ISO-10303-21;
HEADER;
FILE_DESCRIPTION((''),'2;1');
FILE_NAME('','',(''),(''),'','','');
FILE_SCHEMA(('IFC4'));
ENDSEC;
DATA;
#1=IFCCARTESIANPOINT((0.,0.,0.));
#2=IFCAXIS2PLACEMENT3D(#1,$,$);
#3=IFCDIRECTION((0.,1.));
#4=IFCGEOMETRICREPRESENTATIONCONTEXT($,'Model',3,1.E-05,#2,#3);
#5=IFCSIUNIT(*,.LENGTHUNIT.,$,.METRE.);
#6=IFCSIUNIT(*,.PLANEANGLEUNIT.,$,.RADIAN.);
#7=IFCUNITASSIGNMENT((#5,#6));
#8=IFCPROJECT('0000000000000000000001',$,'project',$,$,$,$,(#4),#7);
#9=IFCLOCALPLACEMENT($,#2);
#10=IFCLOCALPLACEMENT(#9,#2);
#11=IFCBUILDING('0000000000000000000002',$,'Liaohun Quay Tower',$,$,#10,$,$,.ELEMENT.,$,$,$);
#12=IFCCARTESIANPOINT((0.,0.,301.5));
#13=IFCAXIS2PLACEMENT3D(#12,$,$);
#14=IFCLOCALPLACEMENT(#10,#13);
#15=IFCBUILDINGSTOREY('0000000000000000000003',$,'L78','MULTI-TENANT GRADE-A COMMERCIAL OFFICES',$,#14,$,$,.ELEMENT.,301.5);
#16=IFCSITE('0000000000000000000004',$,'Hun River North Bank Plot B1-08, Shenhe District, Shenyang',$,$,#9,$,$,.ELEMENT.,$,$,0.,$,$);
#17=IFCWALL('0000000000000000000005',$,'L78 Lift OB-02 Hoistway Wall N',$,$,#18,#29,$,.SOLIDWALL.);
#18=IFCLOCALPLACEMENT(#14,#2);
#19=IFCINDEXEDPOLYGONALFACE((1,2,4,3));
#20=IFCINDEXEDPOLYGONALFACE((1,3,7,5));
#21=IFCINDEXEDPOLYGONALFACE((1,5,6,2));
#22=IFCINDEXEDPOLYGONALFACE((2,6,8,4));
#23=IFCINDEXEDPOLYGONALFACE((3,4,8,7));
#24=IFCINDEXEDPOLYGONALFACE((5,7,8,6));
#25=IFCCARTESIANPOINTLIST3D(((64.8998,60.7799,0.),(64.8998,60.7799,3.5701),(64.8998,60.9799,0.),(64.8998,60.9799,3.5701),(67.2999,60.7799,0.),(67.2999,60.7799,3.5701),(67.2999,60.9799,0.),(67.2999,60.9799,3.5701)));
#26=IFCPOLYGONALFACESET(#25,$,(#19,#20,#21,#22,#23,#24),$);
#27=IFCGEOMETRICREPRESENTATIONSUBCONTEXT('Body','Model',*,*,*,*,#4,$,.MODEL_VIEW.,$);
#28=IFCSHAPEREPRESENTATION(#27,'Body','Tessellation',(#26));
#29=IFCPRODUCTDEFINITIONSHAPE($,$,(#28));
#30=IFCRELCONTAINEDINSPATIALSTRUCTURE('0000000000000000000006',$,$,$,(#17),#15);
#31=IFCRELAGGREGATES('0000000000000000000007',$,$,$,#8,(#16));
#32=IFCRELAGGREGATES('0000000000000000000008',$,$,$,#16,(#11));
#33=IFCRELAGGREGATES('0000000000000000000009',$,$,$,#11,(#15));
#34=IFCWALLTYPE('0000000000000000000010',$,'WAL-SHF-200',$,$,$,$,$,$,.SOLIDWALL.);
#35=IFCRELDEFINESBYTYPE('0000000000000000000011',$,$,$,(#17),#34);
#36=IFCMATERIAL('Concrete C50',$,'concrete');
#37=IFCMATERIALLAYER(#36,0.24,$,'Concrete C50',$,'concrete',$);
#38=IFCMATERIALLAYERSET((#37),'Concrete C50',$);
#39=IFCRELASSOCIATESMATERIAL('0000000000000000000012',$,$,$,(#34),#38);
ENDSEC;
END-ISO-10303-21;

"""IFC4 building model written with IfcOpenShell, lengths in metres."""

from ifc_helpers import new_model, si_unit, direction, frame, frame_2d, origin, place, context, subcontext, project, spatial, rectangle, extrude, material, layer, layer_set, type_object, element, save


model = new_model("IFC4")

# Units and contexts
model_context = context("Model", 3, precision=1e-05, world=origin(), true_north=direction((0.0, 1.0)))
body_context = subcontext(model_context, "Body", "Model", "MODEL_VIEW")
ifc_project = project(units=[si_unit("LENGTHUNIT", "METRE"), si_unit("PLANEANGLEUNIT", "RADIAN")], contexts=[model_context])

# Site, building, storey
site_placement = place(None, origin())
site = spatial("IfcSite", under=ifc_project, at=site_placement, Name="Hun River North Bank Plot B1-08, Shenhe District, Shenyang", CompositionType="ELEMENT", RefElevation=0.0)
building_placement = place(site_placement, origin())
building = spatial("IfcBuilding", under=site, at=building_placement, Name="Liaohun Quay Tower", CompositionType="ELEMENT")
storey_placement = place(building_placement, frame((0.0, 0.0, 301.5)))
storey = spatial("IfcBuildingStorey", under=building, at=storey_placement, Name="L78", Description="MULTI-TENANT GRADE-A COMMERCIAL OFFICES", CompositionType="ELEMENT", Elevation=301.5)

# Shared definitions
ifc_material_1 = material(Name="Concrete C50", Category="concrete")

# Wall
ifc_layer_1 = layer(ifc_material_1, 0.24, Name="Concrete C50", Category="concrete")
ifc_layer_set_1 = layer_set([ifc_layer_1], Name="Concrete C50")
wall_type_1 = type_object("IfcWallType", Name="WAL-SHF-200", PredefinedType="SOLIDWALL", material=ifc_layer_set_1)
wall_1_placement = place(storey_placement, frame((67.3, 60.8799, 0.0), z_axis=(0.0, 0.0, 1.0), x_axis=(-1.0, 0.0, 0.0)))
element("IfcWall", 1, at=wall_1_placement, inside=storey, type_object=wall_type_1, Name="L78 Lift OB-02 Hoistway Wall N", PredefinedType="SOLIDWALL", context=body_context, shape_type="SweptSolid", body=[
    extrude(rectangle(XDim=2.4001, YDim=0.2, at=frame_2d((1.2002, 0.0))), origin(), (0.0, 0.0, 1.0), 3.5701),
])

save(model, "model.ifc")
